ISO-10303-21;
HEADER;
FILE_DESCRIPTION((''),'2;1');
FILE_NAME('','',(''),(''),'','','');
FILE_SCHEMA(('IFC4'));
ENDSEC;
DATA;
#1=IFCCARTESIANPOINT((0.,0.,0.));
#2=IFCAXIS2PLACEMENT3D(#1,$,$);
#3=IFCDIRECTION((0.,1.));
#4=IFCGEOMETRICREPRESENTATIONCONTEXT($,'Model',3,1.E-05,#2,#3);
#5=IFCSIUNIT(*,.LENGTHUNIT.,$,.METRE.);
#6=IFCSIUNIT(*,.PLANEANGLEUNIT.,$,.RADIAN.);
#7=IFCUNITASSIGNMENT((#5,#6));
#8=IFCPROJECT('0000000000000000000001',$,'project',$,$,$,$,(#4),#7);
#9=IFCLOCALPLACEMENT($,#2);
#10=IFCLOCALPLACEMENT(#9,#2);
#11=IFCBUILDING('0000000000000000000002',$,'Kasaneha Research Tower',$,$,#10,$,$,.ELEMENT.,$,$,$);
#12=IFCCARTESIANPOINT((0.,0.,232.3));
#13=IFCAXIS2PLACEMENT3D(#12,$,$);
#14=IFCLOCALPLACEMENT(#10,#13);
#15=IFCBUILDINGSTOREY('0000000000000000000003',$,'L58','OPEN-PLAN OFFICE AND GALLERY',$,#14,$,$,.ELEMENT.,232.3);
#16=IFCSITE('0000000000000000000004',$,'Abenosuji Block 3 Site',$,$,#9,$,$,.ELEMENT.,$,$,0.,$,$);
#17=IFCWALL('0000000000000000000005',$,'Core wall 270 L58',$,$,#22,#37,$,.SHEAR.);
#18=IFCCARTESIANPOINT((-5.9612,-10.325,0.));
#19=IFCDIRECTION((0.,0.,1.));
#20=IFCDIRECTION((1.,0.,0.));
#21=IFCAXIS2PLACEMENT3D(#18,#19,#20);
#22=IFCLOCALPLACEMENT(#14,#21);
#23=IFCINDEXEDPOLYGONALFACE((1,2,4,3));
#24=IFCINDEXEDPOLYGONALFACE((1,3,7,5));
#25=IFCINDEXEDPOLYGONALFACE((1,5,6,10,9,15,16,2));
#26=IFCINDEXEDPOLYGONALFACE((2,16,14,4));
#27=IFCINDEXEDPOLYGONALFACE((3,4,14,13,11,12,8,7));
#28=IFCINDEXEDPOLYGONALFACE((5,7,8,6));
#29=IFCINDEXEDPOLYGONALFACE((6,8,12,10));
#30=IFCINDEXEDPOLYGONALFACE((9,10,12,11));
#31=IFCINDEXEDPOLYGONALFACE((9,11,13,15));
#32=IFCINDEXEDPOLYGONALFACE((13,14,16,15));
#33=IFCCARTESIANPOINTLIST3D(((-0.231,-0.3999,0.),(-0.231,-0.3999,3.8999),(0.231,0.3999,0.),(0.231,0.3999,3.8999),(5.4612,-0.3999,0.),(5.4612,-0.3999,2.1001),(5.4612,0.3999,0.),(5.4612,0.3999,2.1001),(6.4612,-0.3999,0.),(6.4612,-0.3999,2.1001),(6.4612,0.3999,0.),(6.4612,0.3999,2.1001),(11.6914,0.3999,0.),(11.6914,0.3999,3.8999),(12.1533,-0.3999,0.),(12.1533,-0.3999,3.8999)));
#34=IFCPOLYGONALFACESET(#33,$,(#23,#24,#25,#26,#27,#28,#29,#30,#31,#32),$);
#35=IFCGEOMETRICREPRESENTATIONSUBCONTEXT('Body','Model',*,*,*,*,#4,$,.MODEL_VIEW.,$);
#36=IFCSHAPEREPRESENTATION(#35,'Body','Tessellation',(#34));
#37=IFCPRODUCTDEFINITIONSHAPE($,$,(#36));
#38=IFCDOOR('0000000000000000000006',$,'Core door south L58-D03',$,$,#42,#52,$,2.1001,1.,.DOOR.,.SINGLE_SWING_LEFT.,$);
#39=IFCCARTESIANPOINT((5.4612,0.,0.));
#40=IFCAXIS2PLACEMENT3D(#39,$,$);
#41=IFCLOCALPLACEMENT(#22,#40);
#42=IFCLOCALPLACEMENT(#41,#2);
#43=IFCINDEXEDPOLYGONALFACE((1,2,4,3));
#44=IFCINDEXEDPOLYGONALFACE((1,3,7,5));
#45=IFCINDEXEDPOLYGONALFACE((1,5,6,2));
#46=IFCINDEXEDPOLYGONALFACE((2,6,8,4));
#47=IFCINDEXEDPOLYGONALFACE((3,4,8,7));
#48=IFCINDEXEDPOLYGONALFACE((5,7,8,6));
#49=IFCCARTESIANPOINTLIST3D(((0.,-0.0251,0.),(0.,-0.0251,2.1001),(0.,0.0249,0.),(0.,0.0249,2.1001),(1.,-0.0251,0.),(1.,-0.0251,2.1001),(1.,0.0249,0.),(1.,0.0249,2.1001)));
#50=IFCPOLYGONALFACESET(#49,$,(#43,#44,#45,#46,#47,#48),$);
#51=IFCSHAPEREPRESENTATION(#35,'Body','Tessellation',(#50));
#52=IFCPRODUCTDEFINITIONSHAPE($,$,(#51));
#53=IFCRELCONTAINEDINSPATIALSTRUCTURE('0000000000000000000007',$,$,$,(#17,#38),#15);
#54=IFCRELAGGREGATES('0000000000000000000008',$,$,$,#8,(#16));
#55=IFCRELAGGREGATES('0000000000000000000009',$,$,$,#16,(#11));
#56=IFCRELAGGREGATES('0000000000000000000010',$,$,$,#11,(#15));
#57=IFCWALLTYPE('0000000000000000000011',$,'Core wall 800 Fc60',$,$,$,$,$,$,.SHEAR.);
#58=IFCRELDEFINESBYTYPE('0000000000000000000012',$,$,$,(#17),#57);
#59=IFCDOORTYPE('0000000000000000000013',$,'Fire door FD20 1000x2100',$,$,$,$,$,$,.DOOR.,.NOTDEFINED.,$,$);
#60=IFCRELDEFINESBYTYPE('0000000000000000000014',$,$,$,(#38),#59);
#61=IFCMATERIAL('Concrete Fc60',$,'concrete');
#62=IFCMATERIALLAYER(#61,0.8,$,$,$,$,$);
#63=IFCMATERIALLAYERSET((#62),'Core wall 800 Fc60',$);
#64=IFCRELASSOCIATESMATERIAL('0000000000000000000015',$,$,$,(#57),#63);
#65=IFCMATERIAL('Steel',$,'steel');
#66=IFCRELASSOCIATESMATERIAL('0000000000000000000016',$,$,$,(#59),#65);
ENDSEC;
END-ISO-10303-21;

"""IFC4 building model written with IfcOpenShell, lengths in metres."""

from ifc_helpers import new_model, si_unit, direction, frame, frame_2d, origin, place, context, subcontext, project, spatial, polyline, rectangle, outline, extrude, material, layer, layer_set, type_object, element, fill, save


model = new_model("IFC4")

# Units and contexts
model_context = context("Model", 3, precision=1e-05, world=origin(), true_north=direction((0.0, 1.0)))
body_context = subcontext(model_context, "Body", "Model", "MODEL_VIEW")
ifc_project = project(units=[si_unit("LENGTHUNIT", "METRE"), si_unit("PLANEANGLEUNIT", "RADIAN")], contexts=[model_context])

# Site, building, storey
site_placement = place(None, origin())
site = spatial("IfcSite", under=ifc_project, at=site_placement, Name="Abenosuji Block 3 Site", CompositionType="ELEMENT", RefElevation=0.0)
building_placement = place(site_placement, origin())
building = spatial("IfcBuilding", under=site, at=building_placement, Name="Kasaneha Research Tower", CompositionType="ELEMENT")
storey_placement = place(building_placement, frame((0.0, 0.0, 232.3)))
storey = spatial("IfcBuildingStorey", under=building, at=storey_placement, Name="L58", Description="OPEN-PLAN OFFICE AND GALLERY", CompositionType="ELEMENT", Elevation=232.3)

# Wall, opening, door
ifc_material_1 = material(Name="Concrete Fc60", Category="concrete")
ifc_layer_1 = layer(ifc_material_1, 0.8)
ifc_layer_set_1 = layer_set([ifc_layer_1], Name="Core wall 800 Fc60")
wall_type_1 = type_object("IfcWallType", Name="Core wall 800 Fc60", PredefinedType="SHEAR", material=ifc_layer_set_1)
wall_1_placement = place(storey_placement, frame((-5.9612, -10.325, 0.0), z_axis=(0.0, 0.0, 1.0), x_axis=(1.0, 0.0, 0.0)))
wall_1 = element("IfcWall", 1, at=wall_1_placement, inside=storey, type_object=wall_type_1, Name="Core wall 270 L58", PredefinedType="SHEAR", context=body_context, shape_type="SweptSolid", body=[
    extrude(outline(polyline([(-0.231, -0.3999), (5.4612, -0.3999), (6.4612, -0.3999), (12.1533, -0.3999), (11.6914, 0.3999), (6.4612, 0.3999), (5.4612, 0.3999), (0.231, 0.3999), (-0.231, -0.3999)])), origin(), (0.0, 0.0, 1.0), 3.8999),
])
opening_1_placement = place(wall_1_placement, frame((5.4612, 0.0, 0.0)))
opening_1 = element("IfcOpeningElement", 2, at=opening_1_placement, cuts=wall_1, PredefinedType="OPENING", context=body_context, shape_type="SweptSolid", body=[
    extrude(rectangle(XDim=1.0, YDim=2.1001, at=frame_2d((0.5, 1.05))), frame((0.0, 0.4102, 0.0), z_axis=(0.0, -1.0, 0.0), x_axis=(1.0, 0.0, 0.0)), (0.0, 0.0, 1.0), 0.8201),
])
ifc_material_2 = material(Name="Steel", Category="steel")
door_type_1 = type_object("IfcDoorType", Name="Fire door FD20 1000x2100", OperationType="NOTDEFINED", PredefinedType="DOOR", material=ifc_material_2)
door_1_placement = place(opening_1_placement, origin())
door_1 = element("IfcDoor", 3, at=door_1_placement, inside=storey, type_object=door_type_1, Name="Core door south L58-D03", OperationType="SINGLE_SWING_LEFT", OverallHeight=2.1001, OverallWidth=1.0, PredefinedType="DOOR", context=body_context, shape_type="SweptSolid", body=[
    extrude(rectangle(XDim=1.0, YDim=2.1001, at=frame_2d((0.5, 1.05))), frame((0.0, 0.0249, 0.0), z_axis=(0.0, -1.0, 0.0), x_axis=(1.0, 0.0, 0.0)), (0.0, 0.0, 1.0), 0.05),
])
fill(opening_1, door_1)

save(model, "model.ifc")
